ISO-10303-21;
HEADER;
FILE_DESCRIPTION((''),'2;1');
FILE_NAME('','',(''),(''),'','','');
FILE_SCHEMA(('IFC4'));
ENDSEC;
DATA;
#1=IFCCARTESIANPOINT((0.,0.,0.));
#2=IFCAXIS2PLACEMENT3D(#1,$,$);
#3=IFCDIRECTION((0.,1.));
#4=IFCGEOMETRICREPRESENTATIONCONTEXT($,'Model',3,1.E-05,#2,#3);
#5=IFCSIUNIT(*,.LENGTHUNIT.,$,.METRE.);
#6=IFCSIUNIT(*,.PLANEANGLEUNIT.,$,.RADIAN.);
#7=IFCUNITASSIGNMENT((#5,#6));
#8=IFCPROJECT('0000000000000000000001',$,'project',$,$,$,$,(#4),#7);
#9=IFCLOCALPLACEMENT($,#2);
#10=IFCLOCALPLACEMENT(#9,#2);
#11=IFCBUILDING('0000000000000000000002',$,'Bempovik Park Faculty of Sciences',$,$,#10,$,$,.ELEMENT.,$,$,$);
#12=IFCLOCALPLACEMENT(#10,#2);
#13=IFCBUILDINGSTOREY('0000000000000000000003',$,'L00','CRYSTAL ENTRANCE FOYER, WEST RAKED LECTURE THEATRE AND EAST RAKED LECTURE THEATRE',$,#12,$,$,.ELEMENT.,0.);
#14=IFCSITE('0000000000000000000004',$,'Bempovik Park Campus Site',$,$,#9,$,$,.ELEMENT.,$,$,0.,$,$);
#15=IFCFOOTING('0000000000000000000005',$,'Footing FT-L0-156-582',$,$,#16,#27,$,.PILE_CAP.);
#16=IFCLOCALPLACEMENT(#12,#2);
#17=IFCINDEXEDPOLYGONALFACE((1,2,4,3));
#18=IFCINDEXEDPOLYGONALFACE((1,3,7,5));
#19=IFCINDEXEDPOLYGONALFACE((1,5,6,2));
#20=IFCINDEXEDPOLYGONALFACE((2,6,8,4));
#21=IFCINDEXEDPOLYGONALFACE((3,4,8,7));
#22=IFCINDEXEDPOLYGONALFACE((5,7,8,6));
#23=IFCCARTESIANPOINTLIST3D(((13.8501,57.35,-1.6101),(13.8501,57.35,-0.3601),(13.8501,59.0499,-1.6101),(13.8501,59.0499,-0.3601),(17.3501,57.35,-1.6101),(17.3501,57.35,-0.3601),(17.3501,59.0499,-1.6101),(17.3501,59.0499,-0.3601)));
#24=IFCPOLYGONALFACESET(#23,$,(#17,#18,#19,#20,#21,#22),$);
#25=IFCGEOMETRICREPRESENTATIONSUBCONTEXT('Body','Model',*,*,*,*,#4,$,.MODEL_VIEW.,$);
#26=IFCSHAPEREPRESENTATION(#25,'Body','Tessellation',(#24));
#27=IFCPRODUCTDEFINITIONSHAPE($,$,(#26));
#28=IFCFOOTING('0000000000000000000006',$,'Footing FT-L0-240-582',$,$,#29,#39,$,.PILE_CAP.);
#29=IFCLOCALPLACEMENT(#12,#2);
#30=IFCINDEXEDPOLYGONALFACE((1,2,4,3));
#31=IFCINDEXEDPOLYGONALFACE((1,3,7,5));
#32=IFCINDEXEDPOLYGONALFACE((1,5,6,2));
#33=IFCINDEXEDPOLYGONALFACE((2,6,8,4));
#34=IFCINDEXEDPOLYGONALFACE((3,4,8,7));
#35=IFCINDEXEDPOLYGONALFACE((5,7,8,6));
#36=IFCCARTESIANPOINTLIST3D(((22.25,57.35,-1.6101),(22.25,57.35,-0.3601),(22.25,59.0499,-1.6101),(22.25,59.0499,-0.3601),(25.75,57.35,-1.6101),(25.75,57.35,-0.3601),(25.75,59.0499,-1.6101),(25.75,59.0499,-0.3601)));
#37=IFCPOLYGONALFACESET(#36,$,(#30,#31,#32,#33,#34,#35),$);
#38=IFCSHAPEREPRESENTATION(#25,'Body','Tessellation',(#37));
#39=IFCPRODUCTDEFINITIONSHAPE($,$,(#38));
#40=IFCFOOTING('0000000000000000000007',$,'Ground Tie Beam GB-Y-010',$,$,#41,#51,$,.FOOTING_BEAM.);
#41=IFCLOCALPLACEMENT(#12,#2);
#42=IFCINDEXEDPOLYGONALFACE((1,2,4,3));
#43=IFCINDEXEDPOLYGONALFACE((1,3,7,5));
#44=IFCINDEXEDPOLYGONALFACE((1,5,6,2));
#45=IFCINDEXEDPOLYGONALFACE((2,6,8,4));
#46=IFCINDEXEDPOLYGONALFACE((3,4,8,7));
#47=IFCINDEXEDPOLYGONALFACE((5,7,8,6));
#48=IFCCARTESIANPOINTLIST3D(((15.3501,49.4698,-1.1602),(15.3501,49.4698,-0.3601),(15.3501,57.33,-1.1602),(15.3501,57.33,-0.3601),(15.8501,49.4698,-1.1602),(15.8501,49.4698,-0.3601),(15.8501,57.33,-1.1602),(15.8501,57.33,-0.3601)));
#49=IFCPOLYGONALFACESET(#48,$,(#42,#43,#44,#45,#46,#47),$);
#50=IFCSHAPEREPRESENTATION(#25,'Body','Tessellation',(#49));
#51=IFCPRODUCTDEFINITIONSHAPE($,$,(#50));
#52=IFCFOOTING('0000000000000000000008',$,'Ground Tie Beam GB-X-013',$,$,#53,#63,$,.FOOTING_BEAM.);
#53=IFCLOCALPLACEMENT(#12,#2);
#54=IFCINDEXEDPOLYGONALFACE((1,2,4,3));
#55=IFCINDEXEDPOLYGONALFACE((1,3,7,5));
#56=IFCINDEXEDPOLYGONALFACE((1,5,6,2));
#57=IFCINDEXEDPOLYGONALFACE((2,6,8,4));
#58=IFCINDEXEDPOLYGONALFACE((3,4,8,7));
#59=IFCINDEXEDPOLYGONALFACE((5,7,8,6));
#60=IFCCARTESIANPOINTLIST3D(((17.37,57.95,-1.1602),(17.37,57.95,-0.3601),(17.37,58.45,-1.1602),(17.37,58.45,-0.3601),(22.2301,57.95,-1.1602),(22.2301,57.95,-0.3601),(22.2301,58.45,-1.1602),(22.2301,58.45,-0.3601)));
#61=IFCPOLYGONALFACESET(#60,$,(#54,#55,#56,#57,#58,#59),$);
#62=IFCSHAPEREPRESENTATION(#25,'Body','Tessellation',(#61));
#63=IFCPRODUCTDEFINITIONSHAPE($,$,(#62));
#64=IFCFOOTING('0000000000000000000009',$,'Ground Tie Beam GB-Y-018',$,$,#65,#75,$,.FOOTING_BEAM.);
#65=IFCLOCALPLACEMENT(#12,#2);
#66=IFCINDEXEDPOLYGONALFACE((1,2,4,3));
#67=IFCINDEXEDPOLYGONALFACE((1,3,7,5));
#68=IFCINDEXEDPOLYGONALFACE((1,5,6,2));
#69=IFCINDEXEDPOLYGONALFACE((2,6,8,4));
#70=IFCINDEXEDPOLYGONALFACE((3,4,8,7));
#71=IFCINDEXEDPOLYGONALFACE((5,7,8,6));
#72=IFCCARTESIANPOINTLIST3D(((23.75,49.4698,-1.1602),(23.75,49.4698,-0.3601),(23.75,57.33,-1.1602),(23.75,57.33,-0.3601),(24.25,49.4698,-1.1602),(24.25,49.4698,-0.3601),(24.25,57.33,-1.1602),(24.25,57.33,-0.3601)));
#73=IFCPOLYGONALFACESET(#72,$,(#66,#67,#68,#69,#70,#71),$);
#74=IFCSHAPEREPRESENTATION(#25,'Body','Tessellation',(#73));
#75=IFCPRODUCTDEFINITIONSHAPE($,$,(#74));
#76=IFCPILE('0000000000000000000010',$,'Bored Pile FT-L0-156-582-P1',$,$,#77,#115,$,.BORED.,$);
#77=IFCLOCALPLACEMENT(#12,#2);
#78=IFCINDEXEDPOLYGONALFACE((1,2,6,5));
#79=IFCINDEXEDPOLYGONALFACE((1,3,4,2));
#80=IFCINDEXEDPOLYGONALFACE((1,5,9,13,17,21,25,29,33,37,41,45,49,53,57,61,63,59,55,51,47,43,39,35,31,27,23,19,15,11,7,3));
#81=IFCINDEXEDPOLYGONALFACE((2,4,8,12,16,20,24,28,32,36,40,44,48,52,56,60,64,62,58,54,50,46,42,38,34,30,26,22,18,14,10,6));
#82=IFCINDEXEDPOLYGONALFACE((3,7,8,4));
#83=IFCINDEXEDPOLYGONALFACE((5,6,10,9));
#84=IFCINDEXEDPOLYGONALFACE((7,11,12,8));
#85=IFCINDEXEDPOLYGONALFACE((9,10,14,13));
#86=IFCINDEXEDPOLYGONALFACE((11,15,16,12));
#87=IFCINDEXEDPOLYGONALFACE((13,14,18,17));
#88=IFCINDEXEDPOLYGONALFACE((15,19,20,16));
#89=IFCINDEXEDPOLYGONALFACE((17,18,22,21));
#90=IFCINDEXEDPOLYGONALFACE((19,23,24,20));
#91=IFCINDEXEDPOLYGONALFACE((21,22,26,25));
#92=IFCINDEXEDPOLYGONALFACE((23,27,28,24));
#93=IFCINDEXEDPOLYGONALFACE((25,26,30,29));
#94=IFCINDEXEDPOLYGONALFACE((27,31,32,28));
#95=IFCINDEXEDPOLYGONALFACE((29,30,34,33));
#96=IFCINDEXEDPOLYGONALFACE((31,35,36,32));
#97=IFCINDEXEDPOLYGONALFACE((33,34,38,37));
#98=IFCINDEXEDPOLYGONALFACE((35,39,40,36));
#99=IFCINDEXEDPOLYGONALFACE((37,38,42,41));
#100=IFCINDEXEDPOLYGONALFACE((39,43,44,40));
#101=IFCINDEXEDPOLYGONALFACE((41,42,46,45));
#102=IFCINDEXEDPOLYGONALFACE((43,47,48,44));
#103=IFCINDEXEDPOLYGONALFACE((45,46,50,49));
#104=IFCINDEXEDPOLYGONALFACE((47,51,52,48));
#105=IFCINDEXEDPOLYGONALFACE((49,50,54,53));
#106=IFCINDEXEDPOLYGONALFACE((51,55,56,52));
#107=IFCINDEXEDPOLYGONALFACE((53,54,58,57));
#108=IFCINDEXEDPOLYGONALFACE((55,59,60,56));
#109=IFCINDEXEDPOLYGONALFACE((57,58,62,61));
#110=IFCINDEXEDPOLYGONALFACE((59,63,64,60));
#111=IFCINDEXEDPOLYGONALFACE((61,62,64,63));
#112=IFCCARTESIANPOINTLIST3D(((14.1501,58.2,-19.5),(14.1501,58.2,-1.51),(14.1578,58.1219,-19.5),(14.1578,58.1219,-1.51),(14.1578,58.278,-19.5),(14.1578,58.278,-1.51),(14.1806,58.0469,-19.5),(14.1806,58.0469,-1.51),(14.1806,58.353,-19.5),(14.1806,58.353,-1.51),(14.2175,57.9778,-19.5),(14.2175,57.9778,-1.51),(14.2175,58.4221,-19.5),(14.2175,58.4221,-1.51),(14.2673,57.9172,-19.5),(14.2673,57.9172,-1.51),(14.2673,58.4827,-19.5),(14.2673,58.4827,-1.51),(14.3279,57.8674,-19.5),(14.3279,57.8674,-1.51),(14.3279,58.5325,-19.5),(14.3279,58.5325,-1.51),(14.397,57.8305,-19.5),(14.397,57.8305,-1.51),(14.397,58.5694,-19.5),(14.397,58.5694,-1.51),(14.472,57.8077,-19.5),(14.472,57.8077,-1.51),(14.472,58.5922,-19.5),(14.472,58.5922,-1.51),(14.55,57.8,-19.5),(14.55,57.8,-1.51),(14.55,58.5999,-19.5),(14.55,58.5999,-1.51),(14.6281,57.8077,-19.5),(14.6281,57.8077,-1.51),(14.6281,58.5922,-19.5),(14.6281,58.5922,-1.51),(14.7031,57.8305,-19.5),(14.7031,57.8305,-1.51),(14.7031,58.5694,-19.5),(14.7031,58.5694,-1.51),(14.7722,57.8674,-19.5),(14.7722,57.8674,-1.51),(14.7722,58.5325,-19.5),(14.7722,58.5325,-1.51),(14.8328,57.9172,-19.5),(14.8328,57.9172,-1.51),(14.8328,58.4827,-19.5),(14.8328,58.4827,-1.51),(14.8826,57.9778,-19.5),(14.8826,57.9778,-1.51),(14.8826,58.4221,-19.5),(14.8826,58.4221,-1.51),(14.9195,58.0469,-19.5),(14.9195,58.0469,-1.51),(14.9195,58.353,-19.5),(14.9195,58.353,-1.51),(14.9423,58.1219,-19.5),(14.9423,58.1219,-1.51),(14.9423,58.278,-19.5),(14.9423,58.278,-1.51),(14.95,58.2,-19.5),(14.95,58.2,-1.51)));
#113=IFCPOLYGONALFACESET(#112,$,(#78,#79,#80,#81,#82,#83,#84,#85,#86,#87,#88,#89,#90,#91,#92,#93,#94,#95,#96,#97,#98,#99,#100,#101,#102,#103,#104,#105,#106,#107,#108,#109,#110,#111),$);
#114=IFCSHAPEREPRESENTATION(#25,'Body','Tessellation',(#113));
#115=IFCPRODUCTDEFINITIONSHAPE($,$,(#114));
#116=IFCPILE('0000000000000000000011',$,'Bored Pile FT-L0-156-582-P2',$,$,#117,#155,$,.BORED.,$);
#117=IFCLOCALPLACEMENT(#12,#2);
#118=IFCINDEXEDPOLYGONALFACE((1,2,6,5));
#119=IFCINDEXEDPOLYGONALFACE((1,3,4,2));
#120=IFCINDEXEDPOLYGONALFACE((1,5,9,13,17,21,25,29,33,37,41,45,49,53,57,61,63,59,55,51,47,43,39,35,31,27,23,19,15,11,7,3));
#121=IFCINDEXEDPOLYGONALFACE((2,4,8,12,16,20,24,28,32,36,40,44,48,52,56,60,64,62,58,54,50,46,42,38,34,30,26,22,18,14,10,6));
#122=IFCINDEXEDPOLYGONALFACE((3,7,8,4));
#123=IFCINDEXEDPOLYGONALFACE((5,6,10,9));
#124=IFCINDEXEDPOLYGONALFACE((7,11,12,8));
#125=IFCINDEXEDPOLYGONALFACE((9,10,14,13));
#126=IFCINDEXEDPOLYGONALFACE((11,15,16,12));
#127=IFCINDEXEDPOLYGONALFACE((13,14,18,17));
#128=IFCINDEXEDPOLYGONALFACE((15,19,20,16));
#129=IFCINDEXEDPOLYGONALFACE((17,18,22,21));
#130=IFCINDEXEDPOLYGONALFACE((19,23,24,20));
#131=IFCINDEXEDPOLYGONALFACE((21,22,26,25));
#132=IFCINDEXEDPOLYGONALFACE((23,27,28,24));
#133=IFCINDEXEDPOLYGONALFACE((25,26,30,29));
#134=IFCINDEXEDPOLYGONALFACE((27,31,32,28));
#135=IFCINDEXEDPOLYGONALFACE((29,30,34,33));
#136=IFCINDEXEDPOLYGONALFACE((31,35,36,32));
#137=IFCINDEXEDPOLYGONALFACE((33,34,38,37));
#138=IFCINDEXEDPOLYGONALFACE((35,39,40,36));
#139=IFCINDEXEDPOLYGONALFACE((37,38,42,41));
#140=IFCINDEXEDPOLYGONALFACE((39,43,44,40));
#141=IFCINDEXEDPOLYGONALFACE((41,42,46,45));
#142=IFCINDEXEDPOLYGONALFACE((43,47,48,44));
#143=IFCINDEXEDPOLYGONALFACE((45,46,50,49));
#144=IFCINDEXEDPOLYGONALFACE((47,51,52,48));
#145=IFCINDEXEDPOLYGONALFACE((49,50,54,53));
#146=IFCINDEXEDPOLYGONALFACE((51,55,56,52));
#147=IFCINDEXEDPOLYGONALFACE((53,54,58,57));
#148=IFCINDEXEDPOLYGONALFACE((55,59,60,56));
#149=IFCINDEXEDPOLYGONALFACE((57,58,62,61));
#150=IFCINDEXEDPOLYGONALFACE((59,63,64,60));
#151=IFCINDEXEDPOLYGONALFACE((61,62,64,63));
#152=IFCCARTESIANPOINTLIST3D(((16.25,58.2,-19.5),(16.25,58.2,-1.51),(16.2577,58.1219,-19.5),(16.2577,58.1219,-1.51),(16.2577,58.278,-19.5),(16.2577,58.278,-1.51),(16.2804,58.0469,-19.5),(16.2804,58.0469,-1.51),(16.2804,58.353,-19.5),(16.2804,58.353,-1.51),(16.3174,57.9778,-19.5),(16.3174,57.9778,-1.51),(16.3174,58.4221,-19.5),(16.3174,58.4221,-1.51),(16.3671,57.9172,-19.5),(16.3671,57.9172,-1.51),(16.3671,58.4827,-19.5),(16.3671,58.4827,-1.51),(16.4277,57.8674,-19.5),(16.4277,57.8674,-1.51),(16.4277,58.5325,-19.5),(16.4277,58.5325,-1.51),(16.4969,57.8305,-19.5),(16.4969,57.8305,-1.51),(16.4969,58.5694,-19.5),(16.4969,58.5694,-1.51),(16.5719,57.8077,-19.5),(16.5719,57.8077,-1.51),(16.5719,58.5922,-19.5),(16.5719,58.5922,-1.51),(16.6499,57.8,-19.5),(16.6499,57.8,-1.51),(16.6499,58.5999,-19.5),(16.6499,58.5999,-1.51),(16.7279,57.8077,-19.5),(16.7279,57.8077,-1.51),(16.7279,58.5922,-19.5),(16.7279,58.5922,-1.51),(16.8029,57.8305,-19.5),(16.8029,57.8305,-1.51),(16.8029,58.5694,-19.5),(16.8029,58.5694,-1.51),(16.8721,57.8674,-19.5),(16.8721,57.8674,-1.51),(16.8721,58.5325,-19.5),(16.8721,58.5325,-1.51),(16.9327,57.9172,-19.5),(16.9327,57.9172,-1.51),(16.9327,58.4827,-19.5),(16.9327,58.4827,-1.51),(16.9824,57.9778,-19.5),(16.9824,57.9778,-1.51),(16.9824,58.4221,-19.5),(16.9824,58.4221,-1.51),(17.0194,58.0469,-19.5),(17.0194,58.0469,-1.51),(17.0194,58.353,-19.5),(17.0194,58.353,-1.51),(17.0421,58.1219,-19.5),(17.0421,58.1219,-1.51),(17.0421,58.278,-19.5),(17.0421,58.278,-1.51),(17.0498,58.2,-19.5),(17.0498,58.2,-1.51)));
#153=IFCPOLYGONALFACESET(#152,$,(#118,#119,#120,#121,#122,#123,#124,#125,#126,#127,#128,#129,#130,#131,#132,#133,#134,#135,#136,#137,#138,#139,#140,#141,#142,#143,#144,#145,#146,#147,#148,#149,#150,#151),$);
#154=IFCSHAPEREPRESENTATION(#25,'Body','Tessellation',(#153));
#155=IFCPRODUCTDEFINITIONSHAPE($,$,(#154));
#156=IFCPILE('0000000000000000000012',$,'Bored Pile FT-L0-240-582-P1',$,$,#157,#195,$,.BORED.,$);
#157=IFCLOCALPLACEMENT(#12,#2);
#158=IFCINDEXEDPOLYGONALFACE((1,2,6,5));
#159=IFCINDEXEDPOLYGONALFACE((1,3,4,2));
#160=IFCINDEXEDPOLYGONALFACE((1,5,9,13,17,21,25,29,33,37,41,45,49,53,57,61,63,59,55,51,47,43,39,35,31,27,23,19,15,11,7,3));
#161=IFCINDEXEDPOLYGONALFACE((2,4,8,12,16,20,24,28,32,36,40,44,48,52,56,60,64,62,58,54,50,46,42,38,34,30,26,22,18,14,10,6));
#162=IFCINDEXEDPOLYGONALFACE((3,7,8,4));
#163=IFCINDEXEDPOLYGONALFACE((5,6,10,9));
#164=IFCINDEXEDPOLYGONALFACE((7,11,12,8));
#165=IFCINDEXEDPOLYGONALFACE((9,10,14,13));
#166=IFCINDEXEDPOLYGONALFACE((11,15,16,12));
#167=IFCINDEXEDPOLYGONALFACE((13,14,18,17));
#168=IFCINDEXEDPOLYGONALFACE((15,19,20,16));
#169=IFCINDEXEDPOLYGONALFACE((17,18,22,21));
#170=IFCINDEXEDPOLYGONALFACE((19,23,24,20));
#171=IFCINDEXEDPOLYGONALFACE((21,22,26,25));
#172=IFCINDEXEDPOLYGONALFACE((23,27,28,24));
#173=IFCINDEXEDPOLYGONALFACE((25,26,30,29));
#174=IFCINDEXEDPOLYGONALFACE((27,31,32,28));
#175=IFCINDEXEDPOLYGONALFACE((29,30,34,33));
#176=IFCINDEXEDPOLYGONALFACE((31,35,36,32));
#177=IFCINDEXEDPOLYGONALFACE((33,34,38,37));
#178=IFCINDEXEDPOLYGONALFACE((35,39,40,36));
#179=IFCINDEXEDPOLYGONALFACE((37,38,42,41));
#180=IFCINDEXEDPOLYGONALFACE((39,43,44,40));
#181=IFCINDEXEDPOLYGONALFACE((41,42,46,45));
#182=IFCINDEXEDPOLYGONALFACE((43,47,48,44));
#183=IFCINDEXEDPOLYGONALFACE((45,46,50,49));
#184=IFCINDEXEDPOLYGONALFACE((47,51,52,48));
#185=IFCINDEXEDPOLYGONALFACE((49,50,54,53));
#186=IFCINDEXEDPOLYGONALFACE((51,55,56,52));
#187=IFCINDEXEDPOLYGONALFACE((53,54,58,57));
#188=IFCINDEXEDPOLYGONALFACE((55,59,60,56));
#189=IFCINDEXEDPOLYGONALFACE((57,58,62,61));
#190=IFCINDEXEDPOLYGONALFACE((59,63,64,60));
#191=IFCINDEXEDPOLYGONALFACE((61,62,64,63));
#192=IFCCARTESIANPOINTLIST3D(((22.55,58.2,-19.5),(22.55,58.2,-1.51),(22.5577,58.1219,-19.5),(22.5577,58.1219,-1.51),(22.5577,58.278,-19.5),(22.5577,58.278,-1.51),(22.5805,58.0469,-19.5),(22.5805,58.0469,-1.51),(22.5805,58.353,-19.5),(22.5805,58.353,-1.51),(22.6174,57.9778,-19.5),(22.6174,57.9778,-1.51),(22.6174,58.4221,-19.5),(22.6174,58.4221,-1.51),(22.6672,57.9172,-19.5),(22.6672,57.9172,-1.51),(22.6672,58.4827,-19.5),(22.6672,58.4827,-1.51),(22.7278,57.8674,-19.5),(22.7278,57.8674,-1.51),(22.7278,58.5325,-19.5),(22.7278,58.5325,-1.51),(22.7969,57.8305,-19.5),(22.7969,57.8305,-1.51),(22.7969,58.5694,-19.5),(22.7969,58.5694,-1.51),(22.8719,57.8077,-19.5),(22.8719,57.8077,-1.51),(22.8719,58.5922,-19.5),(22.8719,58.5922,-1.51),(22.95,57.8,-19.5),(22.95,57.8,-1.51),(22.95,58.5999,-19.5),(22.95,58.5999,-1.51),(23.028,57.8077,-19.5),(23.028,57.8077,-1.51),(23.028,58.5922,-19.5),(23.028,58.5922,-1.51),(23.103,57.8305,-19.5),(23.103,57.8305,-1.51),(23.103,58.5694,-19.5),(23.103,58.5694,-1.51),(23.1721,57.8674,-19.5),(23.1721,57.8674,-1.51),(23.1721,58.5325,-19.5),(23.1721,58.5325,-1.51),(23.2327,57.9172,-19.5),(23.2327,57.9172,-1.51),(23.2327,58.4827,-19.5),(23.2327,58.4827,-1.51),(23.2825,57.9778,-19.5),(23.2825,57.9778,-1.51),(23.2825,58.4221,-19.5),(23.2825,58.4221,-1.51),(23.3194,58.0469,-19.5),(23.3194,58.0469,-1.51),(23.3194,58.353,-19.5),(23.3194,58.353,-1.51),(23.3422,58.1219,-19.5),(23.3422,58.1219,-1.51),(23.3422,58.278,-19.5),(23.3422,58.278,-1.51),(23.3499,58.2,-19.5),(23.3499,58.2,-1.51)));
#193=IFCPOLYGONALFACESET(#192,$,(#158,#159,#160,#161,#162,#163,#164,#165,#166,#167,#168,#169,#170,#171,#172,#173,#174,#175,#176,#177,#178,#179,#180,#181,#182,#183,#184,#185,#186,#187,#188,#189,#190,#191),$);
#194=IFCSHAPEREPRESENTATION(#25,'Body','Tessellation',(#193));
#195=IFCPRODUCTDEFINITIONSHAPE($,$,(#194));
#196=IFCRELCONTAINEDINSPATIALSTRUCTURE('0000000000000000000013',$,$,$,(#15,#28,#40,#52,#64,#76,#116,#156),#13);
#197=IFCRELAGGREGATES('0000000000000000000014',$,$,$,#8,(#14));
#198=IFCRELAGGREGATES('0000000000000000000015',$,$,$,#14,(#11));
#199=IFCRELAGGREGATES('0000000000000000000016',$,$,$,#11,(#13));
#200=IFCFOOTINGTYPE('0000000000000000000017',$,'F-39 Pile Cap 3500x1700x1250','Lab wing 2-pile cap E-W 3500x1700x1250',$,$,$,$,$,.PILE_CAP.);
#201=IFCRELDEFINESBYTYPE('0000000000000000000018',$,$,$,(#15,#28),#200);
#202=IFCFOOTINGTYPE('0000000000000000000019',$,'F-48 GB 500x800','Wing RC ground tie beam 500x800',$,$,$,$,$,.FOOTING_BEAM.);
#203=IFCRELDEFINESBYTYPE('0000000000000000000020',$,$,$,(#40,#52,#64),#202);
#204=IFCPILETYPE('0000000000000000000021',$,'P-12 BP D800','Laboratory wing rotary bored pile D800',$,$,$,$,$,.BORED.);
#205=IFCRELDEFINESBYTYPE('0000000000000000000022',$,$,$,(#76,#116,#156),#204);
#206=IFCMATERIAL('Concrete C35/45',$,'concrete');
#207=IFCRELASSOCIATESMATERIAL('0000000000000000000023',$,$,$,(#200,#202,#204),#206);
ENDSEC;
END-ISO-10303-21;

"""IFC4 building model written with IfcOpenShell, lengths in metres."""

from ifc_helpers import new_model, si_unit, direction, frame, origin, origin_2d, place, context, subcontext, project, spatial, rectangle, circle, extrude, material, material_profile, profile_set, type_object, element, save


model = new_model("IFC4")

# Units and contexts
model_context = context("Model", 3, precision=1e-05, world=origin(), true_north=direction((0.0, 1.0)))
body_context = subcontext(model_context, "Body", "Model", "MODEL_VIEW")
ifc_project = project(units=[si_unit("LENGTHUNIT", "METRE"), si_unit("PLANEANGLEUNIT", "RADIAN")], contexts=[model_context])

# Site, building, storey
site_placement = place(None, origin())
site = spatial("IfcSite", under=ifc_project, at=site_placement, Name="Bempovik Park Campus Site", CompositionType="ELEMENT", RefElevation=0.0)
building_placement = place(site_placement, origin())
building = spatial("IfcBuilding", under=site, at=building_placement, Name="Bempovik Park Faculty of Sciences", CompositionType="ELEMENT")
storey_placement = place(building_placement, origin())
storey = spatial("IfcBuildingStorey", under=building, at=storey_placement, Name="L00", Description="CRYSTAL ENTRANCE FOYER, WEST RAKED LECTURE THEATRE AND EAST RAKED LECTURE THEATRE", CompositionType="ELEMENT", Elevation=0.0)

# Footings
ifc_material_1 = material(Name="Concrete C35/45", Category="concrete")
footing_type_1 = type_object("IfcFootingType", Name="F-39 Pile Cap 3500x1700x1250", Description="Lab wing 2-pile cap E-W 3500x1700x1250", PredefinedType="PILE_CAP", material=ifc_material_1)
for number, where, z_axis, x_axis, name in (
    (1, (15.6001, 58.2, -1.6101), (0.0, 0.0, 1.0), (1.0, 0.0, 0.0), "Footing FT-L0-156-582"),
    (2, (24.0, 58.2, -1.6101), (0.0, 0.0, 1.0), (1.0, 0.0, 0.0), "Footing FT-L0-240-582"),
):
    element("IfcFooting", number, at=place(storey_placement, frame(where, z_axis=z_axis, x_axis=x_axis)), inside=storey, type_object=footing_type_1, Name=name, PredefinedType="PILE_CAP", context=body_context, shape_type="SweptSolid", body=[
        extrude(rectangle(XDim=3.5, YDim=1.7, at=origin_2d()), origin(), (0.0, 0.0, 1.0), 1.25),
    ])
footing_type_2 = type_object("IfcFootingType", Name="F-48 GB 500x800", Description="Wing RC ground tie beam 500x800", PredefinedType="FOOTING_BEAM", material=ifc_material_1)
footing_1_placement = place(storey_placement, frame((15.6001, 53.3999, -1.1602), z_axis=(0.0, 0.0, 1.0), x_axis=(1.0, 0.0, 0.0)))
element("IfcFooting", 3, at=footing_1_placement, inside=storey, type_object=footing_type_2, Name="Ground Tie Beam GB-Y-010", PredefinedType="FOOTING_BEAM", context=body_context, shape_type="SweptSolid", body=[
    extrude(rectangle(XDim=0.5, YDim=7.8601, at=origin_2d()), origin(), (0.0, 0.0, 1.0), 0.8),
])
footing_2_placement = place(storey_placement, frame((19.8, 58.2, -1.1602), z_axis=(0.0, 0.0, 1.0), x_axis=(1.0, 0.0, 0.0)))
element("IfcFooting", 4, at=footing_2_placement, inside=storey, type_object=footing_type_2, Name="Ground Tie Beam GB-X-013", PredefinedType="FOOTING_BEAM", context=body_context, shape_type="SweptSolid", body=[
    extrude(rectangle(XDim=4.8601, YDim=0.5, at=origin_2d()), origin(), (0.0, 0.0, 1.0), 0.8),
])
footing_3_placement = place(storey_placement, frame((24.0, 53.3999, -1.1602), z_axis=(0.0, 0.0, 1.0), x_axis=(1.0, 0.0, 0.0)))
element("IfcFooting", 5, at=footing_3_placement, inside=storey, type_object=footing_type_2, Name="Ground Tie Beam GB-Y-018", PredefinedType="FOOTING_BEAM", context=body_context, shape_type="SweptSolid", body=[
    extrude(rectangle(XDim=0.5, YDim=7.8601, at=origin_2d()), origin(), (0.0, 0.0, 1.0), 0.8),
])

# Piles
ifc_material_profile_1 = material_profile(ifc_material_1, circle(Radius=0.3999, at=origin_2d()), Name="BP D800")
ifc_profile_set_1 = profile_set([ifc_material_profile_1], Name="Concrete C35/45")
pile_type = type_object("IfcPileType", Name="P-12 BP D800", Description="Laboratory wing rotary bored pile D800", PredefinedType="BORED", material=ifc_profile_set_1)
for number, where, z_axis, x_axis, name in (
    (6, (14.55, 58.2, -1.51), (0.0, 0.0, -1.0), (1.0, 0.0, 0.0), "Bored Pile FT-L0-156-582-P1"),
    (7, (16.6499, 58.2, -1.51), (0.0, 0.0, -1.0), (1.0, 0.0, 0.0), "Bored Pile FT-L0-156-582-P2"),
    (8, (22.95, 58.2, -1.51), (0.0, 0.0, -1.0), (1.0, 0.0, 0.0), "Bored Pile FT-L0-240-582-P1"),
):
    element("IfcPile", number, at=place(storey_placement, frame(where, z_axis=z_axis, x_axis=x_axis)), inside=storey, type_object=pile_type, Name=name, PredefinedType="BORED", context=body_context, shape_type="SweptSolid", body=[
        extrude(circle(Radius=0.3999, at=origin_2d()), origin(), (0.0, 0.0, 1.0), 17.99),
    ])

save(model, "model.ifc")
